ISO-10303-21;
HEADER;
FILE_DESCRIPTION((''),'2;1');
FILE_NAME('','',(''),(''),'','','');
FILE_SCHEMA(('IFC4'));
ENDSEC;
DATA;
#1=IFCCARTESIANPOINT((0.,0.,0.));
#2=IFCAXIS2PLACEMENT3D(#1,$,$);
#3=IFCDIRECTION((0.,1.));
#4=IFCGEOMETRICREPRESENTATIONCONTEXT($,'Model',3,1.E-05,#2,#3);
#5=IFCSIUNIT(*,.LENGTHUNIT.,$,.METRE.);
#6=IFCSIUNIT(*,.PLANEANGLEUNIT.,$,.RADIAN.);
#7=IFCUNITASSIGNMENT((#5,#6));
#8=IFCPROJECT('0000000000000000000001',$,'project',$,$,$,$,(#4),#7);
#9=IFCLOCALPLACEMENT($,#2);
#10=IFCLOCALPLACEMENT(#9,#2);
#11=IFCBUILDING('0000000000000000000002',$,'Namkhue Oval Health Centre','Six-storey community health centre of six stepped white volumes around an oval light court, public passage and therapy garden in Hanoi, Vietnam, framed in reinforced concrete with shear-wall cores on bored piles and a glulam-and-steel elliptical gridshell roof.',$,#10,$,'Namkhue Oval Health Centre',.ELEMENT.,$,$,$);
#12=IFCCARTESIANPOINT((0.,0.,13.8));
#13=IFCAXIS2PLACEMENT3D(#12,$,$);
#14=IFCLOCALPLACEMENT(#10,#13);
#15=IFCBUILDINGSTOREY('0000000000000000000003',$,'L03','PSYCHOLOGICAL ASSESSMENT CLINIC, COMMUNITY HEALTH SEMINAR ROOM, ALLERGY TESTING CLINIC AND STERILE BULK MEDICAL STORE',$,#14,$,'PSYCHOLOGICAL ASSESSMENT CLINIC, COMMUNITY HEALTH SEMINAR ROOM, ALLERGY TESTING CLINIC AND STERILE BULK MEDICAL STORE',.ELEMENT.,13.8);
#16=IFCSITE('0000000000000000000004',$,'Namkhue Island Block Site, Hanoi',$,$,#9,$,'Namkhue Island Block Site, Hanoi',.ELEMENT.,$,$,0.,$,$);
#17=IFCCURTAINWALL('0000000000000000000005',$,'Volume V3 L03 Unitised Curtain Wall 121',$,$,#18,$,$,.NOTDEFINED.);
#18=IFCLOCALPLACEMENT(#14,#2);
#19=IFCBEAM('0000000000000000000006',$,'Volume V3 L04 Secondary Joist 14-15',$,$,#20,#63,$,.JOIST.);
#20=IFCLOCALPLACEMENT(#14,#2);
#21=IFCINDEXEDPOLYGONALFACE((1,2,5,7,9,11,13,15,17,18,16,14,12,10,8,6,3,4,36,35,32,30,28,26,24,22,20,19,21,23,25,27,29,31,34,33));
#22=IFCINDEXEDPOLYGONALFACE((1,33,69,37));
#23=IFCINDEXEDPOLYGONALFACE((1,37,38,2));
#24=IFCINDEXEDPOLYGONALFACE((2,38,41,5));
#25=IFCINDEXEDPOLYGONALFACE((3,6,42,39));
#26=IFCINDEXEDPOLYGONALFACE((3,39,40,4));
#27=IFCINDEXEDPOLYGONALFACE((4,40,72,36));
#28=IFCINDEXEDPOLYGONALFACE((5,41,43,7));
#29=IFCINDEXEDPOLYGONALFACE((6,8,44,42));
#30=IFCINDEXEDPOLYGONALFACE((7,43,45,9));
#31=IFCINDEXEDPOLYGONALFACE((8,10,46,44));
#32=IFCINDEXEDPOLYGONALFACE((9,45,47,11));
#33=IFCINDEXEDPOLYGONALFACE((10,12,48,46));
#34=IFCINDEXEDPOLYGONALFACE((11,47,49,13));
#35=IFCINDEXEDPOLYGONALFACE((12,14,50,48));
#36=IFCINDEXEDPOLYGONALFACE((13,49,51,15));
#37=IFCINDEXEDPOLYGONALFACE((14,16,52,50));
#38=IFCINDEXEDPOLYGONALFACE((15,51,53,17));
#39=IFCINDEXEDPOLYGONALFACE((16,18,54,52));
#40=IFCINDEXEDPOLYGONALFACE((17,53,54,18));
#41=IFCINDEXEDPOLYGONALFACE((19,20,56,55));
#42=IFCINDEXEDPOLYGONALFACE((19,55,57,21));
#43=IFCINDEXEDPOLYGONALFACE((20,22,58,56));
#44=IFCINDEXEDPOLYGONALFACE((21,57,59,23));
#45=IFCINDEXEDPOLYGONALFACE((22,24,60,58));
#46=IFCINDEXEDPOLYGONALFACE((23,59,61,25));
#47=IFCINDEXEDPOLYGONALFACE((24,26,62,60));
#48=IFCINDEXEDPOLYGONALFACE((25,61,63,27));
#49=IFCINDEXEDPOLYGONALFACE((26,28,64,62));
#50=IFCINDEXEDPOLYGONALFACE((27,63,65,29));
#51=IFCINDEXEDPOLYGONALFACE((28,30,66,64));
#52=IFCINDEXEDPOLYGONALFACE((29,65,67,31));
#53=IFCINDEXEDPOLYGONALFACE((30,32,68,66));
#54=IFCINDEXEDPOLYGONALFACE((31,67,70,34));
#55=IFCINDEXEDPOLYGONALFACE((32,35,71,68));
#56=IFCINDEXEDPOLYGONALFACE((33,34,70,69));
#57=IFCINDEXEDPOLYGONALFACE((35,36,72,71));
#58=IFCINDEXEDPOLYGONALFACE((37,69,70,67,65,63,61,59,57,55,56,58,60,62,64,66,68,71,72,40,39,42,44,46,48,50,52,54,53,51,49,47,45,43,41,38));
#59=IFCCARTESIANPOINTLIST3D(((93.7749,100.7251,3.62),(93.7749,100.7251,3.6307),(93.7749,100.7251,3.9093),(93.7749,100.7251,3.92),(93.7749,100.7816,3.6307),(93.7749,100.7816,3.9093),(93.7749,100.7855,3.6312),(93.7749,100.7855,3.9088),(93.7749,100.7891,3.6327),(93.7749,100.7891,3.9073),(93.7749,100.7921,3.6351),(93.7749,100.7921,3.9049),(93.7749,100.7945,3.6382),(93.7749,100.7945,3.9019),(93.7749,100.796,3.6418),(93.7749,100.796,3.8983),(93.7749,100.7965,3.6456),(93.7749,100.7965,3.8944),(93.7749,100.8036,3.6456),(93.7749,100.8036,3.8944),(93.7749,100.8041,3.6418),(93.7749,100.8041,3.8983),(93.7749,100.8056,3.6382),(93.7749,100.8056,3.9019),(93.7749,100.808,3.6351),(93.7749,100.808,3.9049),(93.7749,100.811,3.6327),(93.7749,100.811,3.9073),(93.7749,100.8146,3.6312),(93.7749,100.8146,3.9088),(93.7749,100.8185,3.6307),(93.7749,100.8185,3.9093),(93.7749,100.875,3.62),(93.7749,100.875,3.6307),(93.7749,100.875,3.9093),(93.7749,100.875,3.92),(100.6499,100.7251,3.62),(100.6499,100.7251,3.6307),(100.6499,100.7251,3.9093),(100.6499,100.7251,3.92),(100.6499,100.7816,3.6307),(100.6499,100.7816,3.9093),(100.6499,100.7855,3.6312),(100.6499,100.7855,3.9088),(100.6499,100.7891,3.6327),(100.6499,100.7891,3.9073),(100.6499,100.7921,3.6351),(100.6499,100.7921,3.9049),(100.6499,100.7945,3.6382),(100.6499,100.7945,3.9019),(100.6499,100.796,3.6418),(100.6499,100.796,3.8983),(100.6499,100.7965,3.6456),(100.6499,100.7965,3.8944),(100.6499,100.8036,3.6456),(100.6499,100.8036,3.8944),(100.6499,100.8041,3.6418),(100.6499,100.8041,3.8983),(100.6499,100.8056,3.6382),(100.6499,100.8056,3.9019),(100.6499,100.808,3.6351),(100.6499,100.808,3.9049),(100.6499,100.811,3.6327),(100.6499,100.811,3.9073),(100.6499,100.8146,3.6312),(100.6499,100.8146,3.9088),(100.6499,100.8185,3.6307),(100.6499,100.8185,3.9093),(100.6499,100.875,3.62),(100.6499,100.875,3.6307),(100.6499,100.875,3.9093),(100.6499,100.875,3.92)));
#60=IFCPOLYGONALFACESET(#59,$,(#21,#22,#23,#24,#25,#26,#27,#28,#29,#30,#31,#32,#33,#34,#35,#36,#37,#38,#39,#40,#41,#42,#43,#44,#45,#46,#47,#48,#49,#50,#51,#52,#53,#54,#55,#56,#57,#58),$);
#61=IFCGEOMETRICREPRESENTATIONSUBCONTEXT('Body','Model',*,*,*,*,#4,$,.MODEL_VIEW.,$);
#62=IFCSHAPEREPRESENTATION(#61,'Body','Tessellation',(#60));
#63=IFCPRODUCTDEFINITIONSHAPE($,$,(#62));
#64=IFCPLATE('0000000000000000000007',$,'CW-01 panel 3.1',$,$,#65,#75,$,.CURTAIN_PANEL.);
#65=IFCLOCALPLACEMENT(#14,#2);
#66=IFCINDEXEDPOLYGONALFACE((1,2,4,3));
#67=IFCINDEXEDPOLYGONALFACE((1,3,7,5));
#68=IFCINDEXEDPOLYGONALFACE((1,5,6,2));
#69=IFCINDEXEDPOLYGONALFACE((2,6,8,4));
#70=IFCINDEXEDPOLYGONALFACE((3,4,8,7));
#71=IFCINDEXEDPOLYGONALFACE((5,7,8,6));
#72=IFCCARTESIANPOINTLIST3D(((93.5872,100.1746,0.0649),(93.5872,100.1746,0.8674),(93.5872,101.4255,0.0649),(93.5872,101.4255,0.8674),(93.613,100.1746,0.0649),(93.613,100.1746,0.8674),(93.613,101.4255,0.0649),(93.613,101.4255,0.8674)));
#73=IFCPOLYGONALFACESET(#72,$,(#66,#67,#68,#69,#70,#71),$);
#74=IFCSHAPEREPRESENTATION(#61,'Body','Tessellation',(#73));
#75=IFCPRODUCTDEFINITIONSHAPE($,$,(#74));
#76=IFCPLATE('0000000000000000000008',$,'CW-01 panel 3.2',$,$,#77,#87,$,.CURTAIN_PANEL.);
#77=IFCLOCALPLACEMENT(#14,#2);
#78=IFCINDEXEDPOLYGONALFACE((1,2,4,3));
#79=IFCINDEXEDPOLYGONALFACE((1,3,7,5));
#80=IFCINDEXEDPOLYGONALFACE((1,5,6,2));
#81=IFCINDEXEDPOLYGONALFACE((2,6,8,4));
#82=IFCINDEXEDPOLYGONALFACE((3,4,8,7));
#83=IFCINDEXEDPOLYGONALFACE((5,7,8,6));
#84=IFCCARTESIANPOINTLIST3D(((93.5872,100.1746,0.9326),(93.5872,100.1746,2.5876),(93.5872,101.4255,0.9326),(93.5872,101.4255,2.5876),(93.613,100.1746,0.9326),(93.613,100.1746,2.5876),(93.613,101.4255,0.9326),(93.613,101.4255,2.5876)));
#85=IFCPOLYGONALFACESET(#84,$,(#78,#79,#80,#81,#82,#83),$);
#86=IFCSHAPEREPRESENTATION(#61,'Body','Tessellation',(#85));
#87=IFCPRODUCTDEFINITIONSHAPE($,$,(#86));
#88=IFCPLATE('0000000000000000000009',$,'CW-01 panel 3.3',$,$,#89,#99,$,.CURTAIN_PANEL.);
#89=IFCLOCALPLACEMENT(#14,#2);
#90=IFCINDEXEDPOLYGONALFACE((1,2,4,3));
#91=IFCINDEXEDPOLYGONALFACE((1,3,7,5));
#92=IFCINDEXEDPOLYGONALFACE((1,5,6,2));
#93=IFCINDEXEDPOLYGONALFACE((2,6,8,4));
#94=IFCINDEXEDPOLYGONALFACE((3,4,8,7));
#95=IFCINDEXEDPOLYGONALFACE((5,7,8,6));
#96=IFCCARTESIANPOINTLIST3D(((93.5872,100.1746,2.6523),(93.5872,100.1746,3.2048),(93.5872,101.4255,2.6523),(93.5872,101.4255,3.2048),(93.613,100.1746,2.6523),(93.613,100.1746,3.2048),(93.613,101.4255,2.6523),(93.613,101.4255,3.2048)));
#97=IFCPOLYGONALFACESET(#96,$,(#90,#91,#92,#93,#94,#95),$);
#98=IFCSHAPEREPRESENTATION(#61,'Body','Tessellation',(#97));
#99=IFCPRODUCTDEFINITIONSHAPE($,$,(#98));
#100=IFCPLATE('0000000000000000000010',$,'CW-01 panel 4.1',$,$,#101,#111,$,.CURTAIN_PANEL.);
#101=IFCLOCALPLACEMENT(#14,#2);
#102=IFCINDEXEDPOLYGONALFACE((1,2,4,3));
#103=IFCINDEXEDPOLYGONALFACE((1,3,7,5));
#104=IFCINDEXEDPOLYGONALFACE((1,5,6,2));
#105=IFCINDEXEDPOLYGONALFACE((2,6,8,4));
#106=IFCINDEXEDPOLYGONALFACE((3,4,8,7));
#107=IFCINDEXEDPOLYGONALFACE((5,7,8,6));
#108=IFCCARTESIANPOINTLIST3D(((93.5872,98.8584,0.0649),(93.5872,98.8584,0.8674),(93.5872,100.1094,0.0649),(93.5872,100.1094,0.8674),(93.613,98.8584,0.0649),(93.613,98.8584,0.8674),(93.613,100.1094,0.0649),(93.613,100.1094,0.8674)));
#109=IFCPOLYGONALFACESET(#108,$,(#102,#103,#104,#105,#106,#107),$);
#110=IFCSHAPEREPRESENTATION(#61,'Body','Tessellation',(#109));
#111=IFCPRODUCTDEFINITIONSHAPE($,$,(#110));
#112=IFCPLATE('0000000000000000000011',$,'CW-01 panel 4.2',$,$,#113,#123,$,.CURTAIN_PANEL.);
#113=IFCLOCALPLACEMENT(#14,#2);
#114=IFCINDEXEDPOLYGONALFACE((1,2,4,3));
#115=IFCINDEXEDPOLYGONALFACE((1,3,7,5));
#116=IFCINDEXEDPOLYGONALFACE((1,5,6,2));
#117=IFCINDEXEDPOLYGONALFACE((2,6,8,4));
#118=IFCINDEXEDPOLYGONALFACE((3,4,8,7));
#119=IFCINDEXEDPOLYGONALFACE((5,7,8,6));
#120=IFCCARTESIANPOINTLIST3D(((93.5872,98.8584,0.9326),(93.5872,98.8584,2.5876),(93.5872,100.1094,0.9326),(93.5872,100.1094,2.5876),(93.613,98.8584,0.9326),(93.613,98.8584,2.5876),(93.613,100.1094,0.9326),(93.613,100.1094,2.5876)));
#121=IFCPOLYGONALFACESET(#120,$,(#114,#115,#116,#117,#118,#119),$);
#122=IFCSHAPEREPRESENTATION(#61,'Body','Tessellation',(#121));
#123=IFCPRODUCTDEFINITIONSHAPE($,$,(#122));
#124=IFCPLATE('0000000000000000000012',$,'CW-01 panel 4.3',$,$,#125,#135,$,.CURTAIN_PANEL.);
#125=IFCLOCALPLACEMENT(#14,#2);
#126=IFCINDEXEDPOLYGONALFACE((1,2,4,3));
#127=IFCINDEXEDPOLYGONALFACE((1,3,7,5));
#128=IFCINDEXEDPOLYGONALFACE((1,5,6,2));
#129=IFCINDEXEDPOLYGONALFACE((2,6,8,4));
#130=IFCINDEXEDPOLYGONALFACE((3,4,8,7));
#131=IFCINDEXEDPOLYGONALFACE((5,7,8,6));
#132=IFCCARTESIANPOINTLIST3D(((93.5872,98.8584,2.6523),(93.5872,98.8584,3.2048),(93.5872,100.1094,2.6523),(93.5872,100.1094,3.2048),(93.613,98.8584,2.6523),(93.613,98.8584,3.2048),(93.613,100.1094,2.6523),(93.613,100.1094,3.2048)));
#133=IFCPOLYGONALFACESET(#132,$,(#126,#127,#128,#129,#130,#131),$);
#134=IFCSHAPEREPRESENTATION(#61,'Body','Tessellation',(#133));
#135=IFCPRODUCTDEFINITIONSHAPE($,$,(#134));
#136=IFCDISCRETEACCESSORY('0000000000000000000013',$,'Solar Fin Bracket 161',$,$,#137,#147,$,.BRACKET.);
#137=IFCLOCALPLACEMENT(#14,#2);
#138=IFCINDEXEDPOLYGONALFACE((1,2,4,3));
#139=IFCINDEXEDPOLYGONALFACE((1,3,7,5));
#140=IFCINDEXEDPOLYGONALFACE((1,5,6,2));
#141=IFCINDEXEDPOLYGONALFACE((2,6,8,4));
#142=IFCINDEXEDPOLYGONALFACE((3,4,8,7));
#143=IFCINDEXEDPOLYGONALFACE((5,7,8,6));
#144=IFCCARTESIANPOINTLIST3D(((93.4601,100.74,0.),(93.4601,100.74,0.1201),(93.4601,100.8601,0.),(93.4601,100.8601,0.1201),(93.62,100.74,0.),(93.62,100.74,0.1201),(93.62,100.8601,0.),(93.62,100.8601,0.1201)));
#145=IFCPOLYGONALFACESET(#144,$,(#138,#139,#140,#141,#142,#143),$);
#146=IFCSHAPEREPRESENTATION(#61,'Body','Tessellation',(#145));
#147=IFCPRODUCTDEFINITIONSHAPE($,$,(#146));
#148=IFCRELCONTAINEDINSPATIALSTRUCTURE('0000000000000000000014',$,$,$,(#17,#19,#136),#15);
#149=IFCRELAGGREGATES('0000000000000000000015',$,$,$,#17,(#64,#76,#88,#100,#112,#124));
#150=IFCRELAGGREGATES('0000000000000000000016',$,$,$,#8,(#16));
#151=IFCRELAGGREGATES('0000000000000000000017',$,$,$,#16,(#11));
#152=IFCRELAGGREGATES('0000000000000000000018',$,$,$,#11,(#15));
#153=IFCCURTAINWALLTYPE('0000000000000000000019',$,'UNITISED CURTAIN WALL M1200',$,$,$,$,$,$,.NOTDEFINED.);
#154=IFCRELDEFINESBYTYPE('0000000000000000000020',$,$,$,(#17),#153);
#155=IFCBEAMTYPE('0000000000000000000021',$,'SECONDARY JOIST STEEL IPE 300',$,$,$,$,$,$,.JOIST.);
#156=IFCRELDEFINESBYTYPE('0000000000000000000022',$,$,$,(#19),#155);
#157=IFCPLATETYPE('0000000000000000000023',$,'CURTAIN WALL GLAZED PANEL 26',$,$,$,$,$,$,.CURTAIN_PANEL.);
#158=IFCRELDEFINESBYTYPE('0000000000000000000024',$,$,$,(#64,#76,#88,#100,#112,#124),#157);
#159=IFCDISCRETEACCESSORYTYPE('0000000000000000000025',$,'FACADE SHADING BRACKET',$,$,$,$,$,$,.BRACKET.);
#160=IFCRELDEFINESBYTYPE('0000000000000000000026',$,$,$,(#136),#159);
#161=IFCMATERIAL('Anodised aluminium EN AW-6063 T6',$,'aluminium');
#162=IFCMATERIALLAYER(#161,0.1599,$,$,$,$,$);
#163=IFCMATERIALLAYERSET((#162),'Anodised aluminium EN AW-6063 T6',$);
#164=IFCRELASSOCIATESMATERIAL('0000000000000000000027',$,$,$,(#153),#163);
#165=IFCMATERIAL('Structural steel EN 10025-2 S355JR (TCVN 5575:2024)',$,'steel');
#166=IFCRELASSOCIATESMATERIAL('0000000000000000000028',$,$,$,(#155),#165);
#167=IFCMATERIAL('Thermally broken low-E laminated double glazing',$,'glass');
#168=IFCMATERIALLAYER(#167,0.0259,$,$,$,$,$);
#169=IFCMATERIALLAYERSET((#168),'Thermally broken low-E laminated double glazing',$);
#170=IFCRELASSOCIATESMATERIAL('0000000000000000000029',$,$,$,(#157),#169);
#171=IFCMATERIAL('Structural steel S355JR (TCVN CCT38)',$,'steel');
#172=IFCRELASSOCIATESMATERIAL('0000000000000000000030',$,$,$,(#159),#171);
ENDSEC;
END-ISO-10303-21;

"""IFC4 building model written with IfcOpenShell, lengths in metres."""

from ifc_helpers import new_model, si_unit, direction, frame, origin, origin_2d, place, context, subcontext, project, spatial, rectangle, i_section, extrude, material, layer, layer_set, material_profile, profile_set, type_object, element, aggregate, save


model = new_model("IFC4")

# Units and contexts
model_context = context("Model", 3, precision=1e-05, world=origin(), true_north=direction((0.0, 1.0)))
body_context = subcontext(model_context, "Body", "Model", "MODEL_VIEW")
ifc_project = project(units=[si_unit("LENGTHUNIT", "METRE"), si_unit("PLANEANGLEUNIT", "RADIAN")], contexts=[model_context])

# Site, building, storey
site_placement = place(None, origin())
site = spatial("IfcSite", under=ifc_project, at=site_placement, Name="Namkhue Island Block Site, Hanoi", LongName="Namkhue Island Block Site, Hanoi", CompositionType="ELEMENT", RefElevation=0.0)
building_placement = place(site_placement, origin())
building = spatial("IfcBuilding", under=site, at=building_placement, Name="Namkhue Oval Health Centre", Description="Six-storey community health centre of six stepped white volumes around an oval light court, public passage and therapy garden in Hanoi, Vietnam, framed in reinforced concrete with shear-wall cores on bored piles and a glulam-and-steel elliptical gridshell roof.", LongName="Namkhue Oval Health Centre", CompositionType="ELEMENT")
storey_placement = place(building_placement, frame((0.0, 0.0, 13.8)))
storey = spatial("IfcBuildingStorey", under=building, at=storey_placement, Name="L03", Description="PSYCHOLOGICAL ASSESSMENT CLINIC, COMMUNITY HEALTH SEMINAR ROOM, ALLERGY TESTING CLINIC AND STERILE BULK MEDICAL STORE", LongName="PSYCHOLOGICAL ASSESSMENT CLINIC, COMMUNITY HEALTH SEMINAR ROOM, ALLERGY TESTING CLINIC AND STERILE BULK MEDICAL STORE", CompositionType="ELEMENT", Elevation=13.8)

# Curtain wall
ifc_material_1 = material(Name="Anodised aluminium EN AW-6063 T6", Category="aluminium")
ifc_layer_1 = layer(ifc_material_1, 0.1599)
ifc_layer_set_1 = layer_set([ifc_layer_1], Name="Anodised aluminium EN AW-6063 T6")
curtain_wall_type = type_object("IfcCurtainWallType", Name="UNITISED CURTAIN WALL M1200", PredefinedType="NOTDEFINED", material=ifc_layer_set_1)
curtain_wall_placement = place(storey_placement, origin())
curtain_wall = element("IfcCurtainWall", 1, at=curtain_wall_placement, inside=storey, type_object=curtain_wall_type, Name="Volume V3 L03 Unitised Curtain Wall 121", PredefinedType="NOTDEFINED")

# Beam
ifc_material_2 = material(Name="Structural steel EN 10025-2 S355JR (TCVN 5575:2024)", Category="steel")
ifc_material_profile_1 = material_profile(ifc_material_2, i_section(OverallWidth=0.1499, OverallDepth=0.3, WebThickness=0.0071, FlangeThickness=0.0107, FilletRadius=0.0149, at=origin_2d()), Name="IPE 300")
ifc_profile_set_1 = profile_set([ifc_material_profile_1], Name="Structural steel EN 10025-2 S355JR (TCVN 5575:2024)")
beam_type = type_object("IfcBeamType", Name="SECONDARY JOIST STEEL IPE 300", PredefinedType="JOIST", material=ifc_profile_set_1)
beam_placement = place(storey_placement, frame((93.7749, 100.8, 3.77), z_axis=(1.0, 0.0, 0.0), x_axis=(0.0, 1.0, 0.0)))
element("IfcBeam", 2, at=beam_placement, inside=storey, type_object=beam_type, Name="Volume V3 L04 Secondary Joist 14-15", PredefinedType="JOIST", context=body_context, shape_type="SweptSolid", body=[
    extrude(i_section(OverallWidth=0.1499, OverallDepth=0.3, WebThickness=0.0071, FlangeThickness=0.0107, FilletRadius=0.0149, at=origin_2d()), origin(), (0.0, 0.0, 1.0), 6.875),
])

# Plates
ifc_material_3 = material(Name="Thermally broken low-E laminated double glazing", Category="glass")
ifc_layer_2 = layer(ifc_material_3, 0.0259)
ifc_layer_set_2 = layer_set([ifc_layer_2], Name="Thermally broken low-E laminated double glazing")
plate_type = type_object("IfcPlateType", Name="CURTAIN WALL GLAZED PANEL 26", PredefinedType="CURTAIN_PANEL", material=ifc_layer_set_2)
plate_1_placement = place(storey_placement, frame((93.6001, 100.8, 0.0649), z_axis=(0.0, 0.0, 1.0), x_axis=(0.0, -1.0, 0.0)))
plate_1 = element("IfcPlate", 3, at=plate_1_placement, type_object=plate_type, Name="CW-01 panel 3.1", PredefinedType="CURTAIN_PANEL", context=body_context, shape_type="SweptSolid", body=[
    extrude(rectangle(XDim=1.251, YDim=0.0259, at=origin_2d()), origin(), (0.0, 0.0, 1.0), 0.8025),
])
plate_2_placement = place(storey_placement, frame((93.6001, 100.8, 0.9326), z_axis=(0.0, 0.0, 1.0), x_axis=(0.0, -1.0, 0.0)))
plate_2 = element("IfcPlate", 4, at=plate_2_placement, type_object=plate_type, Name="CW-01 panel 3.2", PredefinedType="CURTAIN_PANEL", context=body_context, shape_type="SweptSolid", body=[
    extrude(rectangle(XDim=1.251, YDim=0.0259, at=origin_2d()), origin(), (0.0, 0.0, 1.0), 1.655),
])
plate_3_placement = place(storey_placement, frame((93.6001, 100.8, 2.6523), z_axis=(0.0, 0.0, 1.0), x_axis=(0.0, -1.0, 0.0)))
plate_3 = element("IfcPlate", 5, at=plate_3_placement, type_object=plate_type, Name="CW-01 panel 3.3", PredefinedType="CURTAIN_PANEL", context=body_context, shape_type="SweptSolid", body=[
    extrude(rectangle(XDim=1.251, YDim=0.0259, at=origin_2d()), origin(), (0.0, 0.0, 1.0), 0.5525),
])
plate_4_placement = place(storey_placement, frame((93.6001, 99.4839, 0.0649), z_axis=(0.0, 0.0, 1.0), x_axis=(0.0, -1.0, 0.0)))
plate_4 = element("IfcPlate", 6, at=plate_4_placement, type_object=plate_type, Name="CW-01 panel 4.1", PredefinedType="CURTAIN_PANEL", context=body_context, shape_type="SweptSolid", body=[
    extrude(rectangle(XDim=1.251, YDim=0.0259, at=origin_2d()), origin(), (0.0, 0.0, 1.0), 0.8025),
])
plate_5_placement = place(storey_placement, frame((93.6001, 99.4839, 0.9326), z_axis=(0.0, 0.0, 1.0), x_axis=(0.0, -1.0, 0.0)))
plate_5 = element("IfcPlate", 7, at=plate_5_placement, type_object=plate_type, Name="CW-01 panel 4.2", PredefinedType="CURTAIN_PANEL", context=body_context, shape_type="SweptSolid", body=[
    extrude(rectangle(XDim=1.251, YDim=0.0259, at=origin_2d()), origin(), (0.0, 0.0, 1.0), 1.655),
])
plate_6_placement = place(storey_placement, frame((93.6001, 99.4839, 2.6523), z_axis=(0.0, 0.0, 1.0), x_axis=(0.0, -1.0, 0.0)))
plate_6 = element("IfcPlate", 8, at=plate_6_placement, type_object=plate_type, Name="CW-01 panel 4.3", PredefinedType="CURTAIN_PANEL", context=body_context, shape_type="SweptSolid", body=[
    extrude(rectangle(XDim=1.251, YDim=0.0259, at=origin_2d()), origin(), (0.0, 0.0, 1.0), 0.5525),
])
aggregate(curtain_wall, [plate_1, plate_2, plate_3, plate_4, plate_5, plate_6])

# Discrete accessory
ifc_material_4 = material(Name="Structural steel S355JR (TCVN CCT38)", Category="steel")
discrete_accessory_type = type_object("IfcDiscreteAccessoryType", Name="FACADE SHADING BRACKET", PredefinedType="BRACKET", material=ifc_material_4)
discrete_accessory_placement = place(storey_placement, frame((93.54, 100.8, 0.0), z_axis=(0.0, 0.0, 1.0), x_axis=(-1.0, 0.0, 0.0)))
element("IfcDiscreteAccessory", 9, at=discrete_accessory_placement, inside=storey, type_object=discrete_accessory_type, Name="Solar Fin Bracket 161", PredefinedType="BRACKET", context=body_context, shape_type="SweptSolid", body=[
    extrude(rectangle(XDim=0.1599, YDim=0.1201, at=origin_2d()), origin(), (0.0, 0.0, 1.0), 0.1201),
])

save(model, "model.ifc")
